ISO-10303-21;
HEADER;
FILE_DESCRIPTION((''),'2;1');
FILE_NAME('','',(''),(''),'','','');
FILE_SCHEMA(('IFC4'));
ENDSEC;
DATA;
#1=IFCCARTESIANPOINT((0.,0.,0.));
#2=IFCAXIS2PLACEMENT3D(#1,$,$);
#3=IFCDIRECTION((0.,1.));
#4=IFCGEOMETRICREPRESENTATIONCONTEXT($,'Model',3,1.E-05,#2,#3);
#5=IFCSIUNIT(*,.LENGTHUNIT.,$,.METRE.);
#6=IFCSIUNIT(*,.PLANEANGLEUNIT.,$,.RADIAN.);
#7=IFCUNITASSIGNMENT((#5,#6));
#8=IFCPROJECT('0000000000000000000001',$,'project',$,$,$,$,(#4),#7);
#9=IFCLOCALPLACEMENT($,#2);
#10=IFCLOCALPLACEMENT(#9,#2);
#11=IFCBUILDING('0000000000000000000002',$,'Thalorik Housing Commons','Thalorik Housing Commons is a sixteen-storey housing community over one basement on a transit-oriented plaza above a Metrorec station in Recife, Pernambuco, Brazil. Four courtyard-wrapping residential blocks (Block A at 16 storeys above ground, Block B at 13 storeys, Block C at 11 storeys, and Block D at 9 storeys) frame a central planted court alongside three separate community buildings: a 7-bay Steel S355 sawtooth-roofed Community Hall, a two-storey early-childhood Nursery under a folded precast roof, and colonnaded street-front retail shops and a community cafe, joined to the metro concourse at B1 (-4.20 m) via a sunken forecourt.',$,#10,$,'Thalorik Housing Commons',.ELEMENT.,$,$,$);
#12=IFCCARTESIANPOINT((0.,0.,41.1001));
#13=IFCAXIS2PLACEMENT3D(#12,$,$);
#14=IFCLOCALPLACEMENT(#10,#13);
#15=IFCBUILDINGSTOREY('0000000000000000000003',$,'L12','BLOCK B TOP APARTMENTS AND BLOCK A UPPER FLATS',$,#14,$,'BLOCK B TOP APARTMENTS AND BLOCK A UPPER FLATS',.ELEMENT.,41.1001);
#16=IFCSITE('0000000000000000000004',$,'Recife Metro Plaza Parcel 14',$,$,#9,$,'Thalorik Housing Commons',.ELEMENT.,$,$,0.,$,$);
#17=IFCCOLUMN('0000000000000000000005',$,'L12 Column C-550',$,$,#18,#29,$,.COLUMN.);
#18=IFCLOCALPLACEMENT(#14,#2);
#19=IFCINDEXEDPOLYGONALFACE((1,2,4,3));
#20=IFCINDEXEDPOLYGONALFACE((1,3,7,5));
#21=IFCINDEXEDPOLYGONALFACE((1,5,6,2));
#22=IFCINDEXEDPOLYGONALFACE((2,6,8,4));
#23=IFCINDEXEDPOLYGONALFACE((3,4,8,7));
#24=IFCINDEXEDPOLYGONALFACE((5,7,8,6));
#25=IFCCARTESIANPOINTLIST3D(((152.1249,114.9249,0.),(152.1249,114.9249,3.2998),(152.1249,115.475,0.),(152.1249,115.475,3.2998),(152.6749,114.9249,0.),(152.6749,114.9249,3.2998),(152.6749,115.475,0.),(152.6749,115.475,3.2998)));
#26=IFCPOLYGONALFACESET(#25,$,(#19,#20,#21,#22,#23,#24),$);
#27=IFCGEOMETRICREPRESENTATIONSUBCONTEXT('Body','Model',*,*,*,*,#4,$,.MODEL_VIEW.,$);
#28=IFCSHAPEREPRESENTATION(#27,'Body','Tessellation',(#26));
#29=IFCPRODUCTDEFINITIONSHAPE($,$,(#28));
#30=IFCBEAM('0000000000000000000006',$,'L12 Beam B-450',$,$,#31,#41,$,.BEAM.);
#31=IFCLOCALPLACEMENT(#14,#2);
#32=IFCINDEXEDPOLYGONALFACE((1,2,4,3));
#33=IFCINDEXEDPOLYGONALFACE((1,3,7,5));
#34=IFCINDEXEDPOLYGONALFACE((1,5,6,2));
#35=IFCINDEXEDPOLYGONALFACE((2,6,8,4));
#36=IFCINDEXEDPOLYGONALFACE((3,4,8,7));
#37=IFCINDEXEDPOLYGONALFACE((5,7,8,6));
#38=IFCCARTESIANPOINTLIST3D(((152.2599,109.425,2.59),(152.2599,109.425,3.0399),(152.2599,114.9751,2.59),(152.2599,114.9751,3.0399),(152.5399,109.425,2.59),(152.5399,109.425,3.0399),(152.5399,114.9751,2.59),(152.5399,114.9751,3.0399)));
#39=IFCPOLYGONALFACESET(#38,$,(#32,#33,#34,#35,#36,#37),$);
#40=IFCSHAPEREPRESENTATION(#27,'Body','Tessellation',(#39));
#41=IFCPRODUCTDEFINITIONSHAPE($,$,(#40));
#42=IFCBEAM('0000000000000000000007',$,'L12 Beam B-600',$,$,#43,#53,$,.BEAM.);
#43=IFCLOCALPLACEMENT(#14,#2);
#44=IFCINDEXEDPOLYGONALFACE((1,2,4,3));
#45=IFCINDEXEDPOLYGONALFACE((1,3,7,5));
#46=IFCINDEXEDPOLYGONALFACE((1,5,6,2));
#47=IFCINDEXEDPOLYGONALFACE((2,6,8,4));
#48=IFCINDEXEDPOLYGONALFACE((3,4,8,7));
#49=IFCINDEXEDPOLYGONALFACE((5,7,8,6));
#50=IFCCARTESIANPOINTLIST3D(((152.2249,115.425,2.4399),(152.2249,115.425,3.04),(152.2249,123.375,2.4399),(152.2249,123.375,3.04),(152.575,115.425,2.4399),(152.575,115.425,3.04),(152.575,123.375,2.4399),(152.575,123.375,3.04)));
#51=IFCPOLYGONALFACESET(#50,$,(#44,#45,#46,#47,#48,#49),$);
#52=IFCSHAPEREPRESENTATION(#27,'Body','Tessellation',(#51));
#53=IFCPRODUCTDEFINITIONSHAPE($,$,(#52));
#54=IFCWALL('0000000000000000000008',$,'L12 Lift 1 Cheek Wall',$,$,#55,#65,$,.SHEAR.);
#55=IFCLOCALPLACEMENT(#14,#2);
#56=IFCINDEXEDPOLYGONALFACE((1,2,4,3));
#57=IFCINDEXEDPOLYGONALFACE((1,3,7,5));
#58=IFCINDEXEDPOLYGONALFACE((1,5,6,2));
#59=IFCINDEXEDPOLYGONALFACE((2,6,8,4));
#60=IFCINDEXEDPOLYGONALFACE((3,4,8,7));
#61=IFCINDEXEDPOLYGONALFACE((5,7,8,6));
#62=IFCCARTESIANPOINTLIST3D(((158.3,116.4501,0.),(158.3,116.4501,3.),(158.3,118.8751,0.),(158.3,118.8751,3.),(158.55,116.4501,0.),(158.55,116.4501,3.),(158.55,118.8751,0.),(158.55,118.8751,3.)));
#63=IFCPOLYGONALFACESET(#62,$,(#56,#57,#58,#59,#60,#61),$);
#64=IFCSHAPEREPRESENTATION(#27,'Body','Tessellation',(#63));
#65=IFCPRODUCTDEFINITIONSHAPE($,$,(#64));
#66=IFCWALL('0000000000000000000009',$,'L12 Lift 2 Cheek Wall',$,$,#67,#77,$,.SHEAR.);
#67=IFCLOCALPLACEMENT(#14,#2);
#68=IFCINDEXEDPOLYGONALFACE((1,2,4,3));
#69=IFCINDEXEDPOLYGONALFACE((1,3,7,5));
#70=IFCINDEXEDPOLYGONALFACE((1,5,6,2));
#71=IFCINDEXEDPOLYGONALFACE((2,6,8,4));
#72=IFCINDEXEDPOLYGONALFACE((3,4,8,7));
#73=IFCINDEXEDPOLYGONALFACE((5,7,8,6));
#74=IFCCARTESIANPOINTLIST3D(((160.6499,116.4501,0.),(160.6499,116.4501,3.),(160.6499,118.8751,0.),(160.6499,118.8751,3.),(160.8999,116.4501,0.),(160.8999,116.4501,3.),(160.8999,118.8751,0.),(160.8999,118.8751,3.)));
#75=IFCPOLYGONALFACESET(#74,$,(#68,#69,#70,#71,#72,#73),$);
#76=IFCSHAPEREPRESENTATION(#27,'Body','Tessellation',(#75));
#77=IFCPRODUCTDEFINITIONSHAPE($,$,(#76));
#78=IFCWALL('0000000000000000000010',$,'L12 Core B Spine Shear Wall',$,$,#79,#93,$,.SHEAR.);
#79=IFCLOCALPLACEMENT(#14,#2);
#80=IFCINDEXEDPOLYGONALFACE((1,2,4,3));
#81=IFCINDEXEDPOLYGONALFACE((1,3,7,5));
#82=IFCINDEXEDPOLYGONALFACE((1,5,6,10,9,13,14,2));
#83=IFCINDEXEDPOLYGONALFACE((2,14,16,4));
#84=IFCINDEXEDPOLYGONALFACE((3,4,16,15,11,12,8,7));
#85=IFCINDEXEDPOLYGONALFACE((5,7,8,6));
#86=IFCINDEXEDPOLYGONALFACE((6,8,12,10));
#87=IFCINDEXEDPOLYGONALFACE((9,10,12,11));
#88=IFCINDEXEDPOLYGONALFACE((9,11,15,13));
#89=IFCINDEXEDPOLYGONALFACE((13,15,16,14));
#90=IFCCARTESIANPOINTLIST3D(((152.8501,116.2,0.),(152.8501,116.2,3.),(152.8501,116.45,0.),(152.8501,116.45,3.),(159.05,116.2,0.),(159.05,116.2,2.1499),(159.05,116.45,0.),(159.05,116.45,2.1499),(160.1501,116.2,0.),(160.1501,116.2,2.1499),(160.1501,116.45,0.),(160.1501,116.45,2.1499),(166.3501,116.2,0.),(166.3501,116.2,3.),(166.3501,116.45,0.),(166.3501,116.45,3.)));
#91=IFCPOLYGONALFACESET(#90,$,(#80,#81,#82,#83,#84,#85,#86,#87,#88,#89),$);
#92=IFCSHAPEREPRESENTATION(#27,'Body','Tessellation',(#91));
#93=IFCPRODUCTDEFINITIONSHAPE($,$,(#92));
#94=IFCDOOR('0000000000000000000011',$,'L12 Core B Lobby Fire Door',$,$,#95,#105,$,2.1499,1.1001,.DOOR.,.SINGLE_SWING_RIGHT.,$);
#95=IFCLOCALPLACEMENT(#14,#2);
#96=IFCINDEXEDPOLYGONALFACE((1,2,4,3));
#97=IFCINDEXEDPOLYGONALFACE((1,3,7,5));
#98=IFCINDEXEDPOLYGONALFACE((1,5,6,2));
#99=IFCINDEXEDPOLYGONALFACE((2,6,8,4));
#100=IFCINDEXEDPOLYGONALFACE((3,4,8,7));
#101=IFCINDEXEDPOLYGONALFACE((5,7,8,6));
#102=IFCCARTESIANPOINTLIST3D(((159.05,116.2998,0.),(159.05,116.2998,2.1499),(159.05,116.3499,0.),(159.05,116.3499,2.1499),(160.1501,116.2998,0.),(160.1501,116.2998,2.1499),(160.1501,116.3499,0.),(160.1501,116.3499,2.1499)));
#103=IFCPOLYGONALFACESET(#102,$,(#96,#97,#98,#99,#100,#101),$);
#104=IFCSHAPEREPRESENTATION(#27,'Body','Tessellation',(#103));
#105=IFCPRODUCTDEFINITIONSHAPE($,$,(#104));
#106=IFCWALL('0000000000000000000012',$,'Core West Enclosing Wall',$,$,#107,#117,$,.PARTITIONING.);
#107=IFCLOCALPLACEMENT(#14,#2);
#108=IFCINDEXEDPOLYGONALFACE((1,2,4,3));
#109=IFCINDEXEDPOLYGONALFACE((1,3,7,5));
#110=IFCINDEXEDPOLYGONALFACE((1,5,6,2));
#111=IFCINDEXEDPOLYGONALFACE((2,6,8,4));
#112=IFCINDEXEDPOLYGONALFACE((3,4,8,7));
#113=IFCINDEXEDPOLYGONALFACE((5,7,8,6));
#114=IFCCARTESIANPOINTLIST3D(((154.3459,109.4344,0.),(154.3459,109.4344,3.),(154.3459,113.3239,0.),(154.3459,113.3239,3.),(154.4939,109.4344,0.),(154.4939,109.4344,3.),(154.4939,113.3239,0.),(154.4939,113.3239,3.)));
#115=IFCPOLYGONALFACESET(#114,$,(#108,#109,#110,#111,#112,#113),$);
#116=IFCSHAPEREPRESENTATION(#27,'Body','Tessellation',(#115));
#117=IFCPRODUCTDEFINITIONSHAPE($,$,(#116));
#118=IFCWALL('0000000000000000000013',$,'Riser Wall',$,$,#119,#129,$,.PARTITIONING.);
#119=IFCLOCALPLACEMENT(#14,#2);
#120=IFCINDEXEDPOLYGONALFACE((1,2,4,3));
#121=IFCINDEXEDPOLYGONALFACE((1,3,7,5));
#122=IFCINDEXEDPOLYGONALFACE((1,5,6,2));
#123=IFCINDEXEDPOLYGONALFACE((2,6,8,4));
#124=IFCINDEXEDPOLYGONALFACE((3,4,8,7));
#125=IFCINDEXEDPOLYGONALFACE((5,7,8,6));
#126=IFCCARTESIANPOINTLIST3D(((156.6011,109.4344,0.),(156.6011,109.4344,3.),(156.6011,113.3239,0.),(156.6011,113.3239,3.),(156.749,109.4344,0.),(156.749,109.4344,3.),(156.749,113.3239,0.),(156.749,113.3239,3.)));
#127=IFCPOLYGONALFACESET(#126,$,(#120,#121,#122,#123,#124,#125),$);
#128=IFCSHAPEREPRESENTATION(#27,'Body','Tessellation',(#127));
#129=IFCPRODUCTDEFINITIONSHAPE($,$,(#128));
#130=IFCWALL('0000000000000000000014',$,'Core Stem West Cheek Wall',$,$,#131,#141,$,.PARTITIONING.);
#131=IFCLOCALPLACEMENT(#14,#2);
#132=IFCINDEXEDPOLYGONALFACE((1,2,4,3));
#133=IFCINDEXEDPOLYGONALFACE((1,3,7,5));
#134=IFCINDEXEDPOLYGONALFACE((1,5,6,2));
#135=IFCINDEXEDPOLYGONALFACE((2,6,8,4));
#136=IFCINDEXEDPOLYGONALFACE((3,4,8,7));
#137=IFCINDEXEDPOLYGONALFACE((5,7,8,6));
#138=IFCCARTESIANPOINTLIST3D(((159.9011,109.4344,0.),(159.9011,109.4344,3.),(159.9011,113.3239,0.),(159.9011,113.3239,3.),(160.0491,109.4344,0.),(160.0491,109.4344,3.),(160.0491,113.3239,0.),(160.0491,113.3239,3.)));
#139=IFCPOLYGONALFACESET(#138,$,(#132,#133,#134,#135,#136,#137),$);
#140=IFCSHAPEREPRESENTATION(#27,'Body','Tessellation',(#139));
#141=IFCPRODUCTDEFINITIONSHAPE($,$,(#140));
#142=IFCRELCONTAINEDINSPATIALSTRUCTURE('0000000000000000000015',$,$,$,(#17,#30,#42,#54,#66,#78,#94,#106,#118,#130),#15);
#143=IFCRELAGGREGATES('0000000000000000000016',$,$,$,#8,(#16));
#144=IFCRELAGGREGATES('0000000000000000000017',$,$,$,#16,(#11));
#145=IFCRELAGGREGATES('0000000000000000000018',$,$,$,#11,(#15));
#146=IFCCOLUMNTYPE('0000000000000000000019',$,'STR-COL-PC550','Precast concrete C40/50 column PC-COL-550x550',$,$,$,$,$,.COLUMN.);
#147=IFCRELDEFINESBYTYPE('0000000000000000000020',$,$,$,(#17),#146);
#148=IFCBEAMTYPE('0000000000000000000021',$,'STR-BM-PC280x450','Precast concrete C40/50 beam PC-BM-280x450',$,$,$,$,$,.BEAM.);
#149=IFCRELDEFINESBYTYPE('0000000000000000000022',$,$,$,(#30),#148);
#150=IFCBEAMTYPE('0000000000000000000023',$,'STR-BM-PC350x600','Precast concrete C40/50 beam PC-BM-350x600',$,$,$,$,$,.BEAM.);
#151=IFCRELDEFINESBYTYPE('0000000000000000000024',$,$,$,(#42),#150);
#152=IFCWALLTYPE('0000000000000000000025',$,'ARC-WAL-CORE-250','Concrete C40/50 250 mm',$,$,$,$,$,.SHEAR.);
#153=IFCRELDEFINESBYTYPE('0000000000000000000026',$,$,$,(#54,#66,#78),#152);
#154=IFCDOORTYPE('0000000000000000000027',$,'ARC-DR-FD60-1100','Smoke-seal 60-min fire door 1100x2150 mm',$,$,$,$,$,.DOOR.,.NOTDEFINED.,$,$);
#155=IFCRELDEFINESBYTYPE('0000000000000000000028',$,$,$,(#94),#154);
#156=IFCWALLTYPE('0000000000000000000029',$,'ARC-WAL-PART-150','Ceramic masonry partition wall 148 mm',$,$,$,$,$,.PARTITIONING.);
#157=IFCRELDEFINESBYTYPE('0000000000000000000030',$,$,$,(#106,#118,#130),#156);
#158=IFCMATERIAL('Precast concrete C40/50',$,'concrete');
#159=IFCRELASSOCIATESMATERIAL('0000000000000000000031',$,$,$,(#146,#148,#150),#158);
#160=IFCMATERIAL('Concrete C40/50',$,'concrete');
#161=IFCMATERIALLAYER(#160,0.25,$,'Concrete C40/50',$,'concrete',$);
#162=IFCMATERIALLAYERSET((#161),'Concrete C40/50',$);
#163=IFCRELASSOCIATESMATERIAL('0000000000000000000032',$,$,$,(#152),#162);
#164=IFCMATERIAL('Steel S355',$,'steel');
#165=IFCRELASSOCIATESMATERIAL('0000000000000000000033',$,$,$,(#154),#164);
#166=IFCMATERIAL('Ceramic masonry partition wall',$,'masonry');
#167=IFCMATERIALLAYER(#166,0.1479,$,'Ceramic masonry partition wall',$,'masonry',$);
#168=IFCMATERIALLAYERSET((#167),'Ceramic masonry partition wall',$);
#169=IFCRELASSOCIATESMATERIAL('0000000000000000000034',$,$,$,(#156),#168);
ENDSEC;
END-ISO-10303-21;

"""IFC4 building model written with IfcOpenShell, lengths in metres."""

from ifc_helpers import new_model, si_unit, direction, frame, frame_2d, origin, origin_2d, place, context, subcontext, project, spatial, rectangle, extrude, material, layer, layer_set, material_profile, profile_set, type_object, element, fill, save


model = new_model("IFC4")

# Units and contexts
model_context = context("Model", 3, precision=1e-05, world=origin(), true_north=direction((0.0, 1.0)))
body_context = subcontext(model_context, "Body", "Model", "MODEL_VIEW")
ifc_project = project(units=[si_unit("LENGTHUNIT", "METRE"), si_unit("PLANEANGLEUNIT", "RADIAN")], contexts=[model_context])

# Site, building, storey
site_placement = place(None, origin())
site = spatial("IfcSite", under=ifc_project, at=site_placement, Name="Recife Metro Plaza Parcel 14", LongName="Thalorik Housing Commons", CompositionType="ELEMENT", RefElevation=0.0)
building_placement = place(site_placement, origin())
building = spatial("IfcBuilding", under=site, at=building_placement, Name="Thalorik Housing Commons", Description="Thalorik Housing Commons is a sixteen-storey housing community over one basement on a transit-oriented plaza above a Metrorec station in Recife, Pernambuco, Brazil. Four courtyard-wrapping residential blocks (Block A at 16 storeys above ground, Block B at 13 storeys, Block C at 11 storeys, and Block D at 9 storeys) frame a central planted court alongside three separate community buildings: a 7-bay Steel S355 sawtooth-roofed Community Hall, a two-storey early-childhood Nursery under a folded precast roof, and colonnaded street-front retail shops and a community cafe, joined to the metro concourse at B1 (-4.20 m) via a sunken forecourt.", LongName="Thalorik Housing Commons", CompositionType="ELEMENT")
storey_placement = place(building_placement, frame((0.0, 0.0, 41.1001)))
storey = spatial("IfcBuildingStorey", under=building, at=storey_placement, Name="L12", Description="BLOCK B TOP APARTMENTS AND BLOCK A UPPER FLATS", LongName="BLOCK B TOP APARTMENTS AND BLOCK A UPPER FLATS", CompositionType="ELEMENT", Elevation=41.1001)

# Column
ifc_material_1 = material(Name="Precast concrete C40/50", Category="concrete")
ifc_material_profile_1 = material_profile(ifc_material_1, rectangle(XDim=0.55, YDim=0.55, at=origin_2d()), Name="PC 550x550", Category="concrete")
ifc_profile_set_1 = profile_set([ifc_material_profile_1], Name="Precast concrete C40/50")
column_type = type_object("IfcColumnType", Name="STR-COL-PC550", Description="Precast concrete C40/50 column PC-COL-550x550", PredefinedType="COLUMN", material=ifc_profile_set_1)
column_placement = place(storey_placement, frame((152.3999, 115.2, 0.0), z_axis=(0.0, 0.0, 1.0), x_axis=(1.0, 0.0, 0.0)))
element("IfcColumn", 1, at=column_placement, inside=storey, type_object=column_type, Name="L12 Column C-550", PredefinedType="COLUMN", context=body_context, shape_type="SweptSolid", body=[
    extrude(rectangle(XDim=0.55, YDim=0.55, at=origin_2d()), origin(), (0.0, 0.0, 1.0), 3.2998),
])

# Beams
ifc_material_profile_2 = material_profile(ifc_material_1, rectangle(XDim=0.28, YDim=0.45, at=origin_2d()), Name="PC 280x450", Category="concrete")
ifc_profile_set_2 = profile_set([ifc_material_profile_2], Name="Precast concrete C40/50")
beam_type_1 = type_object("IfcBeamType", Name="STR-BM-PC280x450", Description="Precast concrete C40/50 beam PC-BM-280x450", PredefinedType="BEAM", material=ifc_profile_set_2)
beam_1_placement = place(storey_placement, frame((152.3999, 109.425, 2.8149), z_axis=(0.0, 1.0, 0.0), x_axis=(-1.0, 0.0, 0.0)))
element("IfcBeam", 2, at=beam_1_placement, inside=storey, type_object=beam_type_1, Name="L12 Beam B-450", PredefinedType="BEAM", context=body_context, shape_type="SweptSolid", body=[
    extrude(rectangle(XDim=0.28, YDim=0.45, at=origin_2d()), origin(), (0.0, 0.0, 1.0), 5.55),
])
ifc_material_profile_3 = material_profile(ifc_material_1, rectangle(XDim=0.3501, YDim=0.6001, at=origin_2d()), Name="PC 350x600", Category="concrete")
ifc_profile_set_3 = profile_set([ifc_material_profile_3], Name="Precast concrete C40/50")
beam_type_2 = type_object("IfcBeamType", Name="STR-BM-PC350x600", Description="Precast concrete C40/50 beam PC-BM-350x600", PredefinedType="BEAM", material=ifc_profile_set_3)
beam_2_placement = place(storey_placement, frame((152.3999, 115.425, 2.74), z_axis=(0.0, 1.0, 0.0), x_axis=(-1.0, 0.0, 0.0)))
element("IfcBeam", 3, at=beam_2_placement, inside=storey, type_object=beam_type_2, Name="L12 Beam B-600", PredefinedType="BEAM", context=body_context, shape_type="SweptSolid", body=[
    extrude(rectangle(XDim=0.3501, YDim=0.6001, at=origin_2d()), origin(), (0.0, 0.0, 1.0), 7.95),
])

# Shared definitions
ifc_material_2 = material(Name="Concrete C40/50", Category="concrete")
ifc_layer_1 = layer(ifc_material_2, 0.25, Name="Concrete C40/50", Category="concrete")
ifc_layer_set_1 = layer_set([ifc_layer_1], Name="Concrete C40/50")
wall_type_1 = type_object("IfcWallType", Name="ARC-WAL-CORE-250", Description="Concrete C40/50 250 mm", PredefinedType="SHEAR", material=ifc_layer_set_1)
ifc_material_3 = material(Name="Steel S355", Category="steel")

# Walls
for number, where, z_axis, x_axis, name in (
    (4, (158.425, 118.875, 0.0), (0.0, 0.0, 1.0), (0.0, -1.0, 0.0), "L12 Lift 1 Cheek Wall"),
    (5, (160.7749, 118.875, 0.0), (0.0, 0.0, 1.0), (0.0, -1.0, 0.0), "L12 Lift 2 Cheek Wall"),
):
    element("IfcWall", number, at=place(storey_placement, frame(where, z_axis=z_axis, x_axis=x_axis)), inside=storey, type_object=wall_type_1, Name=name, PredefinedType="SHEAR", context=body_context, shape_type="SweptSolid", body=[
        extrude(rectangle(XDim=2.425, YDim=0.25, at=frame_2d((1.2124, 0.0))), origin(), (0.0, 0.0, 1.0), 3.0),
    ])

# Wall, opening, door
wall_1_placement = place(storey_placement, frame((152.8501, 116.325, 0.0), z_axis=(0.0, 0.0, 1.0), x_axis=(1.0, 0.0, 0.0)))
wall_1 = element("IfcWall", 6, at=wall_1_placement, inside=storey, type_object=wall_type_1, Name="L12 Core B Spine Shear Wall", PredefinedType="SHEAR", context=body_context, shape_type="SweptSolid", body=[
    extrude(rectangle(XDim=13.5, YDim=0.25, at=frame_2d((6.75, 0.0))), origin(), (0.0, 0.0, 1.0), 3.0),
])
opening_1_placement = place(wall_1_placement, frame((6.2, 0.0, 0.0)))
opening_1 = element("IfcOpeningElement", 7, at=opening_1_placement, cuts=wall_1, PredefinedType="OPENING", context=body_context, shape_type="SweptSolid", body=[
    extrude(rectangle(XDim=1.1001, YDim=2.1499, at=frame_2d((0.55, 1.075))), frame((0.0, 0.135, 0.0), z_axis=(0.0, -1.0, 0.0), x_axis=(1.0, 0.0, 0.0)), (0.0, 0.0, 1.0), 0.27),
])
door_type_1 = type_object("IfcDoorType", Name="ARC-DR-FD60-1100", Description="Smoke-seal 60-min fire door 1100x2150 mm", OperationType="NOTDEFINED", PredefinedType="DOOR", material=ifc_material_3)
door_1_placement = place(opening_1_placement, origin())
door_1 = element("IfcDoor", 8, at=door_1_placement, inside=storey, type_object=door_type_1, Name="L12 Core B Lobby Fire Door", OperationType="SINGLE_SWING_RIGHT", OverallHeight=2.1499, OverallWidth=1.1001, PredefinedType="DOOR", context=body_context, shape_type="SweptSolid", body=[
    extrude(rectangle(XDim=1.1001, YDim=2.1499, at=frame_2d((0.55, 1.075))), frame((0.0, 0.0249, 0.0), z_axis=(0.0, -1.0, 0.0), x_axis=(1.0, 0.0, 0.0)), (0.0, 0.0, 1.0), 0.05),
])
fill(opening_1, door_1)

# Walls
ifc_material_4 = material(Name="Ceramic masonry partition wall", Category="masonry")
ifc_layer_2 = layer(ifc_material_4, 0.1479, Name="Ceramic masonry partition wall", Category="masonry")
ifc_layer_set_2 = layer_set([ifc_layer_2], Name="Ceramic masonry partition wall")
wall_type_2 = type_object("IfcWallType", Name="ARC-WAL-PART-150", Description="Ceramic masonry partition wall 148 mm", PredefinedType="PARTITIONING", material=ifc_layer_set_2)
for number, where, z_axis, x_axis, name in (
    (9, (154.4199, 113.324, 0.0), (0.0, 0.0, 1.0), (0.0, -1.0, 0.0), "Core West Enclosing Wall"),
    (10, (156.675, 113.324, 0.0), (0.0, 0.0, 1.0), (0.0, -1.0, 0.0), "Riser Wall"),
    (11, (159.9751, 113.324, 0.0), (0.0, 0.0, 1.0), (0.0, -1.0, 0.0), "Core Stem West Cheek Wall"),
):
    element("IfcWall", number, at=place(storey_placement, frame(where, z_axis=z_axis, x_axis=x_axis)), inside=storey, type_object=wall_type_2, Name=name, PredefinedType="PARTITIONING", context=body_context, shape_type="SweptSolid", body=[
        extrude(rectangle(XDim=3.8894, YDim=0.1479, at=frame_2d((1.9448, 0.0))), origin(), (0.0, 0.0, 1.0), 3.0),
    ])

save(model, "model.ifc")
